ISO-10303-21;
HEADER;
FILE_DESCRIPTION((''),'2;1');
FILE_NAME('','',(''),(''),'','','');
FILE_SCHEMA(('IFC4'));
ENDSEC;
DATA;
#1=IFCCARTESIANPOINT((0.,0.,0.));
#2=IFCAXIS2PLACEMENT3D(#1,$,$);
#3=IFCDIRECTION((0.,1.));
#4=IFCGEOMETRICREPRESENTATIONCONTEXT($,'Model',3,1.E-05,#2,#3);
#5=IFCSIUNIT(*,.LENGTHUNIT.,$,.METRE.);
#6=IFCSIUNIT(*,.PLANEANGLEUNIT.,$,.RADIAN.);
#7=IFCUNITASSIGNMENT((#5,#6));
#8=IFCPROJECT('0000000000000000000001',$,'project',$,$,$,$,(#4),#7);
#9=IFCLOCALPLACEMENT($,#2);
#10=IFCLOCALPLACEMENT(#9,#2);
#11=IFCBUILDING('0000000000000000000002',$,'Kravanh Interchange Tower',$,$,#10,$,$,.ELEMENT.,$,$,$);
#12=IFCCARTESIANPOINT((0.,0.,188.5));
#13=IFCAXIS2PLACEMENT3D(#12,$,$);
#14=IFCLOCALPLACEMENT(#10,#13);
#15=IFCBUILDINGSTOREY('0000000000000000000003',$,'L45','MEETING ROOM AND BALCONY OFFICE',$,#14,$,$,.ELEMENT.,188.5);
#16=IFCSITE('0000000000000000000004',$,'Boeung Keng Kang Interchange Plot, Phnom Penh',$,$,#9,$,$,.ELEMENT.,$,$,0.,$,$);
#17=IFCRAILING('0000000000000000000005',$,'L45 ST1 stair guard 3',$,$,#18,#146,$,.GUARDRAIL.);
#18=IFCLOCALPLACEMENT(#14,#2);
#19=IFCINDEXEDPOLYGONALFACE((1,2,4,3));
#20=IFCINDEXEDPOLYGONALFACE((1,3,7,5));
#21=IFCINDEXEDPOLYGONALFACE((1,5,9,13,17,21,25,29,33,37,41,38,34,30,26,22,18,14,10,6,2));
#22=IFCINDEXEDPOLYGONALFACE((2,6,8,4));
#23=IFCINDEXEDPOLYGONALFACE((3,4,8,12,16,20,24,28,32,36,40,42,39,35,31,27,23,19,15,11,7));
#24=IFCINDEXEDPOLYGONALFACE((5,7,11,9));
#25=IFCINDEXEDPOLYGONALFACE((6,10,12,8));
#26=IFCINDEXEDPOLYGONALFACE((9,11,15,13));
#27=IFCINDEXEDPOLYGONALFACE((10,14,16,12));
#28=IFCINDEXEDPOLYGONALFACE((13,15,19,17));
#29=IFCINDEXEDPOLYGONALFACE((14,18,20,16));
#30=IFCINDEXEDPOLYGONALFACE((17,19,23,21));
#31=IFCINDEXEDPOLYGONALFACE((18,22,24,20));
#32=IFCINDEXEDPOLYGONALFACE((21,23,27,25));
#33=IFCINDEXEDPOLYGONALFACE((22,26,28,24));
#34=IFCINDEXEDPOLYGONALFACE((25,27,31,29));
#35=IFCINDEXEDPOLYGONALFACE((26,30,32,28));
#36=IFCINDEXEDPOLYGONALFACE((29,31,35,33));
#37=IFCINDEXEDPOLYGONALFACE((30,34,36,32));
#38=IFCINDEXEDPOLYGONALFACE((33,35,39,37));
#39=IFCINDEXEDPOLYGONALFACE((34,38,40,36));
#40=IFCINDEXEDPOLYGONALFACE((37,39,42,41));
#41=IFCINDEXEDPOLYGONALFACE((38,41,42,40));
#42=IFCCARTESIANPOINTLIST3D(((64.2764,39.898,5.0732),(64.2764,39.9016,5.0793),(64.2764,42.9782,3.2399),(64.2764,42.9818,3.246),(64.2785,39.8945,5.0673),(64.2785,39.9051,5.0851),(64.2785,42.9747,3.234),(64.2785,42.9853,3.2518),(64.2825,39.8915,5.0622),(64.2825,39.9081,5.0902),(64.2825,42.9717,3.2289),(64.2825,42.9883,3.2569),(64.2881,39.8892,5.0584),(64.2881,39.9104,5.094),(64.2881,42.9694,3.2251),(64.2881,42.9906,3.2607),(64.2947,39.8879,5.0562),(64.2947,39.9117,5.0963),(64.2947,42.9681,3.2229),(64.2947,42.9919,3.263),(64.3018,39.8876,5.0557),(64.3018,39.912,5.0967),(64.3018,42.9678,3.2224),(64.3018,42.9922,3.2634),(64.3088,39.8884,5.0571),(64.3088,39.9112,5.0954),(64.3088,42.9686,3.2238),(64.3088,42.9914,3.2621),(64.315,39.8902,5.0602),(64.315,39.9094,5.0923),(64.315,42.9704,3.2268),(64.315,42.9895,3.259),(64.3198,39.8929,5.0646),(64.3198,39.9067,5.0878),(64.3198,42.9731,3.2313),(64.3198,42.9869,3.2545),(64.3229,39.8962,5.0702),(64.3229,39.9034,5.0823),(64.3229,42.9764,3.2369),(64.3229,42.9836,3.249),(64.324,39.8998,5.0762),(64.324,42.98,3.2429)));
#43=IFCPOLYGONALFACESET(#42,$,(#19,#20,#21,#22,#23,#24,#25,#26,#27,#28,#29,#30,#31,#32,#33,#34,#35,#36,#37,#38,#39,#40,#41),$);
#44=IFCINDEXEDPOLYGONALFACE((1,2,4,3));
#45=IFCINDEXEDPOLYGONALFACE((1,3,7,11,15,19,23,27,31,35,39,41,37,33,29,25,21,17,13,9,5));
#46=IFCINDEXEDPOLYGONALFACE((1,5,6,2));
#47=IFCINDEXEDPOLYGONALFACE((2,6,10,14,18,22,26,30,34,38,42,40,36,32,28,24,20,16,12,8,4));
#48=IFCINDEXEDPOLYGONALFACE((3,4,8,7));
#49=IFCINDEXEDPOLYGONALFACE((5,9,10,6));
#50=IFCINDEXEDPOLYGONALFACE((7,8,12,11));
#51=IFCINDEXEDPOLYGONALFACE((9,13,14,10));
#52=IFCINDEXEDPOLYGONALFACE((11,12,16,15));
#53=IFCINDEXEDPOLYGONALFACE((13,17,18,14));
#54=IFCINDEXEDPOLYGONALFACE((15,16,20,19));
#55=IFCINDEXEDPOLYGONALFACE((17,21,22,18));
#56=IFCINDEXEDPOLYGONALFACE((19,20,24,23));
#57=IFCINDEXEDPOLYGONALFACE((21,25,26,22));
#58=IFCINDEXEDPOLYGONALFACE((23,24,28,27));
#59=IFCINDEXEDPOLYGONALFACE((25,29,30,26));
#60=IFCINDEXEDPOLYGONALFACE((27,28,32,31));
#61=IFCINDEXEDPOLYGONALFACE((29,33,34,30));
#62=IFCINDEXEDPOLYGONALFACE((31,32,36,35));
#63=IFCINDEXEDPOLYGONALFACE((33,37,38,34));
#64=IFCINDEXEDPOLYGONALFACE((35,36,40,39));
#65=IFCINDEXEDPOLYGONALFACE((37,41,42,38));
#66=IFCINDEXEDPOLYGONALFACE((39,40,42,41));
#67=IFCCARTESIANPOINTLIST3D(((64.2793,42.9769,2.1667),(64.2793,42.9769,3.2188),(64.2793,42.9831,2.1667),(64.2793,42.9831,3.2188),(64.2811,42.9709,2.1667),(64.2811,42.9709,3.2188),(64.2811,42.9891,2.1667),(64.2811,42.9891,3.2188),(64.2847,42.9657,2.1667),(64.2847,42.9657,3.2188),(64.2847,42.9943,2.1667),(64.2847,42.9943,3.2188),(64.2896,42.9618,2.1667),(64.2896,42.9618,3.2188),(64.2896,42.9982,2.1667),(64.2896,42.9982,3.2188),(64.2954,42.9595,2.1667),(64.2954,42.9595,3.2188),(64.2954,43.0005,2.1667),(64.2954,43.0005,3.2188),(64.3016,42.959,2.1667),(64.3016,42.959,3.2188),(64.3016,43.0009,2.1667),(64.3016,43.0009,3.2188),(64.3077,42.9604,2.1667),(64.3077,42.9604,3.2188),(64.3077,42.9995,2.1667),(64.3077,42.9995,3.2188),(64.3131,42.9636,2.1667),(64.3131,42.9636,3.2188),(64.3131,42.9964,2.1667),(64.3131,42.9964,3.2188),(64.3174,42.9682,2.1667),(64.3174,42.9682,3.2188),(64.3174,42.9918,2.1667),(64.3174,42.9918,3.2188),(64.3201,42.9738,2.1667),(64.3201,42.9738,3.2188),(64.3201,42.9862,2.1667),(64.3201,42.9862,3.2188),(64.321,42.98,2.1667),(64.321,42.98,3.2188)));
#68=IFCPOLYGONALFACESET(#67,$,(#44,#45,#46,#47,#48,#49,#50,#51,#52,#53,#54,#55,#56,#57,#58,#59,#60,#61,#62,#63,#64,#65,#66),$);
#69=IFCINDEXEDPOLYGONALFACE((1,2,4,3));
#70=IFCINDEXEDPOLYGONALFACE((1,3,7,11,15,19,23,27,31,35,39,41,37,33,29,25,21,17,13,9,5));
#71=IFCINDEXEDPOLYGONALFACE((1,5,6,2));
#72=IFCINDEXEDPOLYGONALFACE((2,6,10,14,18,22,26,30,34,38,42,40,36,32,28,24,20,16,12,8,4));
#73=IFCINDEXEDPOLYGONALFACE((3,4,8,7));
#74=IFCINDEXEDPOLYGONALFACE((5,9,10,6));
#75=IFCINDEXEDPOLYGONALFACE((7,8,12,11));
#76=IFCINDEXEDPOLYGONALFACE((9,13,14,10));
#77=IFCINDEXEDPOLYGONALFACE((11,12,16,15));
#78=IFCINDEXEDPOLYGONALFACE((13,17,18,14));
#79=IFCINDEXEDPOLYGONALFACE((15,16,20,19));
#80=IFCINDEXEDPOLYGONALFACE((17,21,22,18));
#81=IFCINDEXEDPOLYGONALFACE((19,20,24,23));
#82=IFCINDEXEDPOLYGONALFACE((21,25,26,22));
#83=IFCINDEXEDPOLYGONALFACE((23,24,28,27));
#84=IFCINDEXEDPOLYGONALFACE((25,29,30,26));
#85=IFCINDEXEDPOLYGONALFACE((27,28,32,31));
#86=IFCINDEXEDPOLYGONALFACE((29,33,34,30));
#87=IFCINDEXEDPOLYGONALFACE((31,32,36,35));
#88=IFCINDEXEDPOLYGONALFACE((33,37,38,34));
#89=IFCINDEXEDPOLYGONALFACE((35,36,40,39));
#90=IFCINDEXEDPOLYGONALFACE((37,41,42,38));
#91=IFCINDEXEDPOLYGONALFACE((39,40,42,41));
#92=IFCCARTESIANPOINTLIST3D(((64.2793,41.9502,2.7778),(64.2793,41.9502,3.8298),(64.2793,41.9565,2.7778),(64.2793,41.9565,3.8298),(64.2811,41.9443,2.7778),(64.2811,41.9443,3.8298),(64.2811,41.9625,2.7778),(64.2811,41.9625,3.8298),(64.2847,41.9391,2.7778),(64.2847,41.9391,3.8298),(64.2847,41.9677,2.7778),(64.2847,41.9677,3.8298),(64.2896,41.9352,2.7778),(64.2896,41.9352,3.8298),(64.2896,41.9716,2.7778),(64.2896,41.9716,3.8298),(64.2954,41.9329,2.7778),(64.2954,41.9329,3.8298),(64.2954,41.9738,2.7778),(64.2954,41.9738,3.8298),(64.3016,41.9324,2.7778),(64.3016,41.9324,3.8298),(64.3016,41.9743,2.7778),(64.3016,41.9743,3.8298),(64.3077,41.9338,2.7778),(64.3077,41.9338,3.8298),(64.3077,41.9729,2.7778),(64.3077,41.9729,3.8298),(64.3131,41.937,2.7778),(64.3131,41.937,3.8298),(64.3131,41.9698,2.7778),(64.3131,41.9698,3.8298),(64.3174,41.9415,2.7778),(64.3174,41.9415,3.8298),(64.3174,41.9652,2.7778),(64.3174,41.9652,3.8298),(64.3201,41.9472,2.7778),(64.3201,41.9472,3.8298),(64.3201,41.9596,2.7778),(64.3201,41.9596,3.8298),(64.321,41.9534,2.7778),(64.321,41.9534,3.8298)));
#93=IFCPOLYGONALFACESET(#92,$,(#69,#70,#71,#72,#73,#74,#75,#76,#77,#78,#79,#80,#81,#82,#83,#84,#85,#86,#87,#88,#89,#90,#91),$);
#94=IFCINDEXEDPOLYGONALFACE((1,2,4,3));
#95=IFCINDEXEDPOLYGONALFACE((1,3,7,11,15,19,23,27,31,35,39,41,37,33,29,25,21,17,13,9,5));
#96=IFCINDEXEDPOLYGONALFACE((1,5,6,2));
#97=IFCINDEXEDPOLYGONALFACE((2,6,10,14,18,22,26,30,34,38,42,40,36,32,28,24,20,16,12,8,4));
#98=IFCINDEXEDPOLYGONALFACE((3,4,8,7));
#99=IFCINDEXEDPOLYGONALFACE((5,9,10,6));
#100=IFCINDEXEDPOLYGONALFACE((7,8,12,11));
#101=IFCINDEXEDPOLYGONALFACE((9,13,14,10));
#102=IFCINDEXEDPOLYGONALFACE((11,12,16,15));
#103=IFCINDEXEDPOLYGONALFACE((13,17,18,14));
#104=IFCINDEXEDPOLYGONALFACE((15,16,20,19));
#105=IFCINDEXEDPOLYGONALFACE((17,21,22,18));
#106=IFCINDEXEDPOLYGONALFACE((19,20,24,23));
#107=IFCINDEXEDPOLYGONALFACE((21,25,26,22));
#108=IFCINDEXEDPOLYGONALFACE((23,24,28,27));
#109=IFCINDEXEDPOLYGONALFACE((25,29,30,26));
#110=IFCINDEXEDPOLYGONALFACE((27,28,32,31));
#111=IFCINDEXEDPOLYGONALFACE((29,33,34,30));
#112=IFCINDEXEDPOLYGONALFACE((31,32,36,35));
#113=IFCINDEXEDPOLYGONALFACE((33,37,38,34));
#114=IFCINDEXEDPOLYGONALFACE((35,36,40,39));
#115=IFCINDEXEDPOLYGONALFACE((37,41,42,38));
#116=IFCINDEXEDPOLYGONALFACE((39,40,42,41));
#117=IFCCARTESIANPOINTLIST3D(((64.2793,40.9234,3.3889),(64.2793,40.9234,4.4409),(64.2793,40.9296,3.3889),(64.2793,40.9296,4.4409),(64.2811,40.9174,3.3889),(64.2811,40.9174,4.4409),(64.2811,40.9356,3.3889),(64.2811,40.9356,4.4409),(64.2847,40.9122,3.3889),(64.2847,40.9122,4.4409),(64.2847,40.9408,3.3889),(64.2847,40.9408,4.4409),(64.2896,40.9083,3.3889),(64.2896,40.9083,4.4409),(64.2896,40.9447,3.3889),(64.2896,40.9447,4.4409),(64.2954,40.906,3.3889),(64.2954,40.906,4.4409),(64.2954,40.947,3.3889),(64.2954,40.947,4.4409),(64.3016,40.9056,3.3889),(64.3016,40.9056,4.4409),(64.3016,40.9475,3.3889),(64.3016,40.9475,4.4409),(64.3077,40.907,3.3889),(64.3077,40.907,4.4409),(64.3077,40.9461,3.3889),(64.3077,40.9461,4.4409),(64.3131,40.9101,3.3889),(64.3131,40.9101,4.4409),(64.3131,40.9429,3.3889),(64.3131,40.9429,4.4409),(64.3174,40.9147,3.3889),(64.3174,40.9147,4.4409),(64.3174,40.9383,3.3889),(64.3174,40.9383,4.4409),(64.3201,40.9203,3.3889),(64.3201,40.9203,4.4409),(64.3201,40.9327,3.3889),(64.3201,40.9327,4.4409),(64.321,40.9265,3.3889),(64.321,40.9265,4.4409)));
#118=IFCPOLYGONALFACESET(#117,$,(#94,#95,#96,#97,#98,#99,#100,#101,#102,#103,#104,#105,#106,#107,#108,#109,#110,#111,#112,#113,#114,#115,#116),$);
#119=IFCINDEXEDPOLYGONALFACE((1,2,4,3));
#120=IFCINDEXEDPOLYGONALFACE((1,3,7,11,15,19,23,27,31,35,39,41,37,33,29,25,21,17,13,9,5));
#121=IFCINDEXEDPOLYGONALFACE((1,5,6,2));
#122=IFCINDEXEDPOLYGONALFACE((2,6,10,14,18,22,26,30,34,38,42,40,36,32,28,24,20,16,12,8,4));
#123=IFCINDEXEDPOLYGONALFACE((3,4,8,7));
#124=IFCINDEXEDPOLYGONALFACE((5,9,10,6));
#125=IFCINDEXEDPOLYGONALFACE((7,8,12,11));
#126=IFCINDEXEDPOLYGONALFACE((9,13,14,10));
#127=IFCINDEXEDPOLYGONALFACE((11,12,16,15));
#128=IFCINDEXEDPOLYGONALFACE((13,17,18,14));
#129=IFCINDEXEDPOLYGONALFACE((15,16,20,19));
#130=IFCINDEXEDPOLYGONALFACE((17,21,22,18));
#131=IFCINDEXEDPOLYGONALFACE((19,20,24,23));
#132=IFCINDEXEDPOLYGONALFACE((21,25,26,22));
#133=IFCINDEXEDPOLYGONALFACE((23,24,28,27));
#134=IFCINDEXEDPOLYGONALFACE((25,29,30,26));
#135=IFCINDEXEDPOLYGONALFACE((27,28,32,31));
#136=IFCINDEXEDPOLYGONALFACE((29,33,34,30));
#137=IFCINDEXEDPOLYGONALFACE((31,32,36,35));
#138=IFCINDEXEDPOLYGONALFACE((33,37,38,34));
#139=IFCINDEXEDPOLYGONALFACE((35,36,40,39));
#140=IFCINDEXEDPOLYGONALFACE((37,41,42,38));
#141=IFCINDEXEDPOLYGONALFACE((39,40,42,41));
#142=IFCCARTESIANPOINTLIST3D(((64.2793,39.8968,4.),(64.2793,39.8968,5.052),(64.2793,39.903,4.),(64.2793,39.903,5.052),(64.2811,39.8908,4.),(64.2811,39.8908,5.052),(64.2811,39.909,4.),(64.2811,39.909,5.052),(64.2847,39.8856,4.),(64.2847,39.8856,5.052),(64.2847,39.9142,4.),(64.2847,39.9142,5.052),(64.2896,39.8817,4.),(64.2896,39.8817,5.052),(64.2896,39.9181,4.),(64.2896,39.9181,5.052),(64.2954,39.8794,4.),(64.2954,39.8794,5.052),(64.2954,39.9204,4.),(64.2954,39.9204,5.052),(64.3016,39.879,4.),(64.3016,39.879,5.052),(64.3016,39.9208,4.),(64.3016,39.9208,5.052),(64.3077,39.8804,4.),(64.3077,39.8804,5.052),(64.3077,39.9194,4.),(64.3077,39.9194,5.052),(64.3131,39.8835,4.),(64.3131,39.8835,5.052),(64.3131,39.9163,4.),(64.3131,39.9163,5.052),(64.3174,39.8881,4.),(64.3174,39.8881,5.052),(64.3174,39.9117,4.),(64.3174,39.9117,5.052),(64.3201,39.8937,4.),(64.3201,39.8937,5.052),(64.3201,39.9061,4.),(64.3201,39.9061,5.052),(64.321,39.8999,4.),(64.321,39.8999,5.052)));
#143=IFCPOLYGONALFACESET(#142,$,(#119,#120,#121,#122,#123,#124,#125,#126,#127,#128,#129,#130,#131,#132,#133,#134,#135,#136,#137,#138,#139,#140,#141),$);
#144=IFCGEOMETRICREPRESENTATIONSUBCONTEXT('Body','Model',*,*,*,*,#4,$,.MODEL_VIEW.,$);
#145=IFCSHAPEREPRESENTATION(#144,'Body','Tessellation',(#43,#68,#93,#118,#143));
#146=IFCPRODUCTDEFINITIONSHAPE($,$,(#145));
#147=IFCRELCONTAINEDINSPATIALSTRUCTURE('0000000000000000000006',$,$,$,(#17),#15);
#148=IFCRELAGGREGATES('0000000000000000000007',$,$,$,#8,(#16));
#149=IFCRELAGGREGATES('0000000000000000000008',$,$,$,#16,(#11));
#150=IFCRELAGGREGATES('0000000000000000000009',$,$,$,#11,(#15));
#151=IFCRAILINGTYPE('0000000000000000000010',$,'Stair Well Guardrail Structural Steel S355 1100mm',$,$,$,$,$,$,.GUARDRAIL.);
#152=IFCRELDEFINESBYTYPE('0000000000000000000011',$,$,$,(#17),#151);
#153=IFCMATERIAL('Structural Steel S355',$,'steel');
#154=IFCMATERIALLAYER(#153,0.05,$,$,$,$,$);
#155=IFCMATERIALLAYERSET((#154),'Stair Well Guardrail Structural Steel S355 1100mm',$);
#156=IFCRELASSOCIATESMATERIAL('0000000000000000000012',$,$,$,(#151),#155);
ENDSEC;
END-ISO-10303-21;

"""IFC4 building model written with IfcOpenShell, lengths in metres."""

from ifc_helpers import new_model, si_unit, direction, frame, origin, origin_2d, place, context, subcontext, project, spatial, circle, extrude, material, layer, layer_set, type_object, element, save


model = new_model("IFC4")

# Units and contexts
model_context = context("Model", 3, precision=1e-05, world=origin(), true_north=direction((0.0, 1.0)))
body_context = subcontext(model_context, "Body", "Model", "MODEL_VIEW")
ifc_project = project(units=[si_unit("LENGTHUNIT", "METRE"), si_unit("PLANEANGLEUNIT", "RADIAN")], contexts=[model_context])

# Site, building, storey
site_placement = place(None, origin())
site = spatial("IfcSite", under=ifc_project, at=site_placement, Name="Boeung Keng Kang Interchange Plot, Phnom Penh", CompositionType="ELEMENT", RefElevation=0.0)
building_placement = place(site_placement, origin())
building = spatial("IfcBuilding", under=site, at=building_placement, Name="Kravanh Interchange Tower", CompositionType="ELEMENT")
storey_placement = place(building_placement, frame((0.0, 0.0, 188.5)))
storey = spatial("IfcBuildingStorey", under=building, at=storey_placement, Name="L45", Description="MEETING ROOM AND BALCONY OFFICE", CompositionType="ELEMENT", Elevation=188.5)

# Railing
ifc_material_1 = material(Name="Structural Steel S355", Category="steel")
ifc_layer_1 = layer(ifc_material_1, 0.05)
ifc_layer_set_1 = layer_set([ifc_layer_1], Name="Stair Well Guardrail Structural Steel S355 1100mm")
railing_type_1 = type_object("IfcRailingType", Name="Stair Well Guardrail Structural Steel S355 1100mm", PredefinedType="GUARDRAIL", material=ifc_layer_set_1)
railing_1_placement = place(storey_placement, frame((64.3, 42.98, 2.1667)))
element("IfcRailing", 1, at=railing_1_placement, inside=storey, type_object=railing_type_1, Name="L45 ST1 stair guard 3", PredefinedType="GUARDRAIL", context=body_context, shape_type="SweptSolid", body=[
    extrude(circle(Radius=0.0239, at=origin_2d()), frame((0.0, 0.0, 1.0762), z_axis=(0.0, -0.859309, 0.511458), x_axis=(1.0, 0.0, 0.0)), (0.0, 0.0, 1.0), 3.5845),
    extrude(circle(Radius=0.021, at=origin_2d()), origin(), (0.0, 0.0, 1.0), 1.052),
    extrude(circle(Radius=0.021, at=origin_2d()), frame((0.0, -1.0266, 0.6111)), (0.0, 0.0, 1.0), 1.052),
    extrude(circle(Radius=0.021, at=origin_2d()), frame((0.0, -2.0535, 1.2222)), (0.0, 0.0, 1.0), 1.052),
    extrude(circle(Radius=0.021, at=origin_2d()), frame((0.0, -3.0801, 1.8333)), (0.0, 0.0, 1.0), 1.052),
])

save(model, "model.ifc")
